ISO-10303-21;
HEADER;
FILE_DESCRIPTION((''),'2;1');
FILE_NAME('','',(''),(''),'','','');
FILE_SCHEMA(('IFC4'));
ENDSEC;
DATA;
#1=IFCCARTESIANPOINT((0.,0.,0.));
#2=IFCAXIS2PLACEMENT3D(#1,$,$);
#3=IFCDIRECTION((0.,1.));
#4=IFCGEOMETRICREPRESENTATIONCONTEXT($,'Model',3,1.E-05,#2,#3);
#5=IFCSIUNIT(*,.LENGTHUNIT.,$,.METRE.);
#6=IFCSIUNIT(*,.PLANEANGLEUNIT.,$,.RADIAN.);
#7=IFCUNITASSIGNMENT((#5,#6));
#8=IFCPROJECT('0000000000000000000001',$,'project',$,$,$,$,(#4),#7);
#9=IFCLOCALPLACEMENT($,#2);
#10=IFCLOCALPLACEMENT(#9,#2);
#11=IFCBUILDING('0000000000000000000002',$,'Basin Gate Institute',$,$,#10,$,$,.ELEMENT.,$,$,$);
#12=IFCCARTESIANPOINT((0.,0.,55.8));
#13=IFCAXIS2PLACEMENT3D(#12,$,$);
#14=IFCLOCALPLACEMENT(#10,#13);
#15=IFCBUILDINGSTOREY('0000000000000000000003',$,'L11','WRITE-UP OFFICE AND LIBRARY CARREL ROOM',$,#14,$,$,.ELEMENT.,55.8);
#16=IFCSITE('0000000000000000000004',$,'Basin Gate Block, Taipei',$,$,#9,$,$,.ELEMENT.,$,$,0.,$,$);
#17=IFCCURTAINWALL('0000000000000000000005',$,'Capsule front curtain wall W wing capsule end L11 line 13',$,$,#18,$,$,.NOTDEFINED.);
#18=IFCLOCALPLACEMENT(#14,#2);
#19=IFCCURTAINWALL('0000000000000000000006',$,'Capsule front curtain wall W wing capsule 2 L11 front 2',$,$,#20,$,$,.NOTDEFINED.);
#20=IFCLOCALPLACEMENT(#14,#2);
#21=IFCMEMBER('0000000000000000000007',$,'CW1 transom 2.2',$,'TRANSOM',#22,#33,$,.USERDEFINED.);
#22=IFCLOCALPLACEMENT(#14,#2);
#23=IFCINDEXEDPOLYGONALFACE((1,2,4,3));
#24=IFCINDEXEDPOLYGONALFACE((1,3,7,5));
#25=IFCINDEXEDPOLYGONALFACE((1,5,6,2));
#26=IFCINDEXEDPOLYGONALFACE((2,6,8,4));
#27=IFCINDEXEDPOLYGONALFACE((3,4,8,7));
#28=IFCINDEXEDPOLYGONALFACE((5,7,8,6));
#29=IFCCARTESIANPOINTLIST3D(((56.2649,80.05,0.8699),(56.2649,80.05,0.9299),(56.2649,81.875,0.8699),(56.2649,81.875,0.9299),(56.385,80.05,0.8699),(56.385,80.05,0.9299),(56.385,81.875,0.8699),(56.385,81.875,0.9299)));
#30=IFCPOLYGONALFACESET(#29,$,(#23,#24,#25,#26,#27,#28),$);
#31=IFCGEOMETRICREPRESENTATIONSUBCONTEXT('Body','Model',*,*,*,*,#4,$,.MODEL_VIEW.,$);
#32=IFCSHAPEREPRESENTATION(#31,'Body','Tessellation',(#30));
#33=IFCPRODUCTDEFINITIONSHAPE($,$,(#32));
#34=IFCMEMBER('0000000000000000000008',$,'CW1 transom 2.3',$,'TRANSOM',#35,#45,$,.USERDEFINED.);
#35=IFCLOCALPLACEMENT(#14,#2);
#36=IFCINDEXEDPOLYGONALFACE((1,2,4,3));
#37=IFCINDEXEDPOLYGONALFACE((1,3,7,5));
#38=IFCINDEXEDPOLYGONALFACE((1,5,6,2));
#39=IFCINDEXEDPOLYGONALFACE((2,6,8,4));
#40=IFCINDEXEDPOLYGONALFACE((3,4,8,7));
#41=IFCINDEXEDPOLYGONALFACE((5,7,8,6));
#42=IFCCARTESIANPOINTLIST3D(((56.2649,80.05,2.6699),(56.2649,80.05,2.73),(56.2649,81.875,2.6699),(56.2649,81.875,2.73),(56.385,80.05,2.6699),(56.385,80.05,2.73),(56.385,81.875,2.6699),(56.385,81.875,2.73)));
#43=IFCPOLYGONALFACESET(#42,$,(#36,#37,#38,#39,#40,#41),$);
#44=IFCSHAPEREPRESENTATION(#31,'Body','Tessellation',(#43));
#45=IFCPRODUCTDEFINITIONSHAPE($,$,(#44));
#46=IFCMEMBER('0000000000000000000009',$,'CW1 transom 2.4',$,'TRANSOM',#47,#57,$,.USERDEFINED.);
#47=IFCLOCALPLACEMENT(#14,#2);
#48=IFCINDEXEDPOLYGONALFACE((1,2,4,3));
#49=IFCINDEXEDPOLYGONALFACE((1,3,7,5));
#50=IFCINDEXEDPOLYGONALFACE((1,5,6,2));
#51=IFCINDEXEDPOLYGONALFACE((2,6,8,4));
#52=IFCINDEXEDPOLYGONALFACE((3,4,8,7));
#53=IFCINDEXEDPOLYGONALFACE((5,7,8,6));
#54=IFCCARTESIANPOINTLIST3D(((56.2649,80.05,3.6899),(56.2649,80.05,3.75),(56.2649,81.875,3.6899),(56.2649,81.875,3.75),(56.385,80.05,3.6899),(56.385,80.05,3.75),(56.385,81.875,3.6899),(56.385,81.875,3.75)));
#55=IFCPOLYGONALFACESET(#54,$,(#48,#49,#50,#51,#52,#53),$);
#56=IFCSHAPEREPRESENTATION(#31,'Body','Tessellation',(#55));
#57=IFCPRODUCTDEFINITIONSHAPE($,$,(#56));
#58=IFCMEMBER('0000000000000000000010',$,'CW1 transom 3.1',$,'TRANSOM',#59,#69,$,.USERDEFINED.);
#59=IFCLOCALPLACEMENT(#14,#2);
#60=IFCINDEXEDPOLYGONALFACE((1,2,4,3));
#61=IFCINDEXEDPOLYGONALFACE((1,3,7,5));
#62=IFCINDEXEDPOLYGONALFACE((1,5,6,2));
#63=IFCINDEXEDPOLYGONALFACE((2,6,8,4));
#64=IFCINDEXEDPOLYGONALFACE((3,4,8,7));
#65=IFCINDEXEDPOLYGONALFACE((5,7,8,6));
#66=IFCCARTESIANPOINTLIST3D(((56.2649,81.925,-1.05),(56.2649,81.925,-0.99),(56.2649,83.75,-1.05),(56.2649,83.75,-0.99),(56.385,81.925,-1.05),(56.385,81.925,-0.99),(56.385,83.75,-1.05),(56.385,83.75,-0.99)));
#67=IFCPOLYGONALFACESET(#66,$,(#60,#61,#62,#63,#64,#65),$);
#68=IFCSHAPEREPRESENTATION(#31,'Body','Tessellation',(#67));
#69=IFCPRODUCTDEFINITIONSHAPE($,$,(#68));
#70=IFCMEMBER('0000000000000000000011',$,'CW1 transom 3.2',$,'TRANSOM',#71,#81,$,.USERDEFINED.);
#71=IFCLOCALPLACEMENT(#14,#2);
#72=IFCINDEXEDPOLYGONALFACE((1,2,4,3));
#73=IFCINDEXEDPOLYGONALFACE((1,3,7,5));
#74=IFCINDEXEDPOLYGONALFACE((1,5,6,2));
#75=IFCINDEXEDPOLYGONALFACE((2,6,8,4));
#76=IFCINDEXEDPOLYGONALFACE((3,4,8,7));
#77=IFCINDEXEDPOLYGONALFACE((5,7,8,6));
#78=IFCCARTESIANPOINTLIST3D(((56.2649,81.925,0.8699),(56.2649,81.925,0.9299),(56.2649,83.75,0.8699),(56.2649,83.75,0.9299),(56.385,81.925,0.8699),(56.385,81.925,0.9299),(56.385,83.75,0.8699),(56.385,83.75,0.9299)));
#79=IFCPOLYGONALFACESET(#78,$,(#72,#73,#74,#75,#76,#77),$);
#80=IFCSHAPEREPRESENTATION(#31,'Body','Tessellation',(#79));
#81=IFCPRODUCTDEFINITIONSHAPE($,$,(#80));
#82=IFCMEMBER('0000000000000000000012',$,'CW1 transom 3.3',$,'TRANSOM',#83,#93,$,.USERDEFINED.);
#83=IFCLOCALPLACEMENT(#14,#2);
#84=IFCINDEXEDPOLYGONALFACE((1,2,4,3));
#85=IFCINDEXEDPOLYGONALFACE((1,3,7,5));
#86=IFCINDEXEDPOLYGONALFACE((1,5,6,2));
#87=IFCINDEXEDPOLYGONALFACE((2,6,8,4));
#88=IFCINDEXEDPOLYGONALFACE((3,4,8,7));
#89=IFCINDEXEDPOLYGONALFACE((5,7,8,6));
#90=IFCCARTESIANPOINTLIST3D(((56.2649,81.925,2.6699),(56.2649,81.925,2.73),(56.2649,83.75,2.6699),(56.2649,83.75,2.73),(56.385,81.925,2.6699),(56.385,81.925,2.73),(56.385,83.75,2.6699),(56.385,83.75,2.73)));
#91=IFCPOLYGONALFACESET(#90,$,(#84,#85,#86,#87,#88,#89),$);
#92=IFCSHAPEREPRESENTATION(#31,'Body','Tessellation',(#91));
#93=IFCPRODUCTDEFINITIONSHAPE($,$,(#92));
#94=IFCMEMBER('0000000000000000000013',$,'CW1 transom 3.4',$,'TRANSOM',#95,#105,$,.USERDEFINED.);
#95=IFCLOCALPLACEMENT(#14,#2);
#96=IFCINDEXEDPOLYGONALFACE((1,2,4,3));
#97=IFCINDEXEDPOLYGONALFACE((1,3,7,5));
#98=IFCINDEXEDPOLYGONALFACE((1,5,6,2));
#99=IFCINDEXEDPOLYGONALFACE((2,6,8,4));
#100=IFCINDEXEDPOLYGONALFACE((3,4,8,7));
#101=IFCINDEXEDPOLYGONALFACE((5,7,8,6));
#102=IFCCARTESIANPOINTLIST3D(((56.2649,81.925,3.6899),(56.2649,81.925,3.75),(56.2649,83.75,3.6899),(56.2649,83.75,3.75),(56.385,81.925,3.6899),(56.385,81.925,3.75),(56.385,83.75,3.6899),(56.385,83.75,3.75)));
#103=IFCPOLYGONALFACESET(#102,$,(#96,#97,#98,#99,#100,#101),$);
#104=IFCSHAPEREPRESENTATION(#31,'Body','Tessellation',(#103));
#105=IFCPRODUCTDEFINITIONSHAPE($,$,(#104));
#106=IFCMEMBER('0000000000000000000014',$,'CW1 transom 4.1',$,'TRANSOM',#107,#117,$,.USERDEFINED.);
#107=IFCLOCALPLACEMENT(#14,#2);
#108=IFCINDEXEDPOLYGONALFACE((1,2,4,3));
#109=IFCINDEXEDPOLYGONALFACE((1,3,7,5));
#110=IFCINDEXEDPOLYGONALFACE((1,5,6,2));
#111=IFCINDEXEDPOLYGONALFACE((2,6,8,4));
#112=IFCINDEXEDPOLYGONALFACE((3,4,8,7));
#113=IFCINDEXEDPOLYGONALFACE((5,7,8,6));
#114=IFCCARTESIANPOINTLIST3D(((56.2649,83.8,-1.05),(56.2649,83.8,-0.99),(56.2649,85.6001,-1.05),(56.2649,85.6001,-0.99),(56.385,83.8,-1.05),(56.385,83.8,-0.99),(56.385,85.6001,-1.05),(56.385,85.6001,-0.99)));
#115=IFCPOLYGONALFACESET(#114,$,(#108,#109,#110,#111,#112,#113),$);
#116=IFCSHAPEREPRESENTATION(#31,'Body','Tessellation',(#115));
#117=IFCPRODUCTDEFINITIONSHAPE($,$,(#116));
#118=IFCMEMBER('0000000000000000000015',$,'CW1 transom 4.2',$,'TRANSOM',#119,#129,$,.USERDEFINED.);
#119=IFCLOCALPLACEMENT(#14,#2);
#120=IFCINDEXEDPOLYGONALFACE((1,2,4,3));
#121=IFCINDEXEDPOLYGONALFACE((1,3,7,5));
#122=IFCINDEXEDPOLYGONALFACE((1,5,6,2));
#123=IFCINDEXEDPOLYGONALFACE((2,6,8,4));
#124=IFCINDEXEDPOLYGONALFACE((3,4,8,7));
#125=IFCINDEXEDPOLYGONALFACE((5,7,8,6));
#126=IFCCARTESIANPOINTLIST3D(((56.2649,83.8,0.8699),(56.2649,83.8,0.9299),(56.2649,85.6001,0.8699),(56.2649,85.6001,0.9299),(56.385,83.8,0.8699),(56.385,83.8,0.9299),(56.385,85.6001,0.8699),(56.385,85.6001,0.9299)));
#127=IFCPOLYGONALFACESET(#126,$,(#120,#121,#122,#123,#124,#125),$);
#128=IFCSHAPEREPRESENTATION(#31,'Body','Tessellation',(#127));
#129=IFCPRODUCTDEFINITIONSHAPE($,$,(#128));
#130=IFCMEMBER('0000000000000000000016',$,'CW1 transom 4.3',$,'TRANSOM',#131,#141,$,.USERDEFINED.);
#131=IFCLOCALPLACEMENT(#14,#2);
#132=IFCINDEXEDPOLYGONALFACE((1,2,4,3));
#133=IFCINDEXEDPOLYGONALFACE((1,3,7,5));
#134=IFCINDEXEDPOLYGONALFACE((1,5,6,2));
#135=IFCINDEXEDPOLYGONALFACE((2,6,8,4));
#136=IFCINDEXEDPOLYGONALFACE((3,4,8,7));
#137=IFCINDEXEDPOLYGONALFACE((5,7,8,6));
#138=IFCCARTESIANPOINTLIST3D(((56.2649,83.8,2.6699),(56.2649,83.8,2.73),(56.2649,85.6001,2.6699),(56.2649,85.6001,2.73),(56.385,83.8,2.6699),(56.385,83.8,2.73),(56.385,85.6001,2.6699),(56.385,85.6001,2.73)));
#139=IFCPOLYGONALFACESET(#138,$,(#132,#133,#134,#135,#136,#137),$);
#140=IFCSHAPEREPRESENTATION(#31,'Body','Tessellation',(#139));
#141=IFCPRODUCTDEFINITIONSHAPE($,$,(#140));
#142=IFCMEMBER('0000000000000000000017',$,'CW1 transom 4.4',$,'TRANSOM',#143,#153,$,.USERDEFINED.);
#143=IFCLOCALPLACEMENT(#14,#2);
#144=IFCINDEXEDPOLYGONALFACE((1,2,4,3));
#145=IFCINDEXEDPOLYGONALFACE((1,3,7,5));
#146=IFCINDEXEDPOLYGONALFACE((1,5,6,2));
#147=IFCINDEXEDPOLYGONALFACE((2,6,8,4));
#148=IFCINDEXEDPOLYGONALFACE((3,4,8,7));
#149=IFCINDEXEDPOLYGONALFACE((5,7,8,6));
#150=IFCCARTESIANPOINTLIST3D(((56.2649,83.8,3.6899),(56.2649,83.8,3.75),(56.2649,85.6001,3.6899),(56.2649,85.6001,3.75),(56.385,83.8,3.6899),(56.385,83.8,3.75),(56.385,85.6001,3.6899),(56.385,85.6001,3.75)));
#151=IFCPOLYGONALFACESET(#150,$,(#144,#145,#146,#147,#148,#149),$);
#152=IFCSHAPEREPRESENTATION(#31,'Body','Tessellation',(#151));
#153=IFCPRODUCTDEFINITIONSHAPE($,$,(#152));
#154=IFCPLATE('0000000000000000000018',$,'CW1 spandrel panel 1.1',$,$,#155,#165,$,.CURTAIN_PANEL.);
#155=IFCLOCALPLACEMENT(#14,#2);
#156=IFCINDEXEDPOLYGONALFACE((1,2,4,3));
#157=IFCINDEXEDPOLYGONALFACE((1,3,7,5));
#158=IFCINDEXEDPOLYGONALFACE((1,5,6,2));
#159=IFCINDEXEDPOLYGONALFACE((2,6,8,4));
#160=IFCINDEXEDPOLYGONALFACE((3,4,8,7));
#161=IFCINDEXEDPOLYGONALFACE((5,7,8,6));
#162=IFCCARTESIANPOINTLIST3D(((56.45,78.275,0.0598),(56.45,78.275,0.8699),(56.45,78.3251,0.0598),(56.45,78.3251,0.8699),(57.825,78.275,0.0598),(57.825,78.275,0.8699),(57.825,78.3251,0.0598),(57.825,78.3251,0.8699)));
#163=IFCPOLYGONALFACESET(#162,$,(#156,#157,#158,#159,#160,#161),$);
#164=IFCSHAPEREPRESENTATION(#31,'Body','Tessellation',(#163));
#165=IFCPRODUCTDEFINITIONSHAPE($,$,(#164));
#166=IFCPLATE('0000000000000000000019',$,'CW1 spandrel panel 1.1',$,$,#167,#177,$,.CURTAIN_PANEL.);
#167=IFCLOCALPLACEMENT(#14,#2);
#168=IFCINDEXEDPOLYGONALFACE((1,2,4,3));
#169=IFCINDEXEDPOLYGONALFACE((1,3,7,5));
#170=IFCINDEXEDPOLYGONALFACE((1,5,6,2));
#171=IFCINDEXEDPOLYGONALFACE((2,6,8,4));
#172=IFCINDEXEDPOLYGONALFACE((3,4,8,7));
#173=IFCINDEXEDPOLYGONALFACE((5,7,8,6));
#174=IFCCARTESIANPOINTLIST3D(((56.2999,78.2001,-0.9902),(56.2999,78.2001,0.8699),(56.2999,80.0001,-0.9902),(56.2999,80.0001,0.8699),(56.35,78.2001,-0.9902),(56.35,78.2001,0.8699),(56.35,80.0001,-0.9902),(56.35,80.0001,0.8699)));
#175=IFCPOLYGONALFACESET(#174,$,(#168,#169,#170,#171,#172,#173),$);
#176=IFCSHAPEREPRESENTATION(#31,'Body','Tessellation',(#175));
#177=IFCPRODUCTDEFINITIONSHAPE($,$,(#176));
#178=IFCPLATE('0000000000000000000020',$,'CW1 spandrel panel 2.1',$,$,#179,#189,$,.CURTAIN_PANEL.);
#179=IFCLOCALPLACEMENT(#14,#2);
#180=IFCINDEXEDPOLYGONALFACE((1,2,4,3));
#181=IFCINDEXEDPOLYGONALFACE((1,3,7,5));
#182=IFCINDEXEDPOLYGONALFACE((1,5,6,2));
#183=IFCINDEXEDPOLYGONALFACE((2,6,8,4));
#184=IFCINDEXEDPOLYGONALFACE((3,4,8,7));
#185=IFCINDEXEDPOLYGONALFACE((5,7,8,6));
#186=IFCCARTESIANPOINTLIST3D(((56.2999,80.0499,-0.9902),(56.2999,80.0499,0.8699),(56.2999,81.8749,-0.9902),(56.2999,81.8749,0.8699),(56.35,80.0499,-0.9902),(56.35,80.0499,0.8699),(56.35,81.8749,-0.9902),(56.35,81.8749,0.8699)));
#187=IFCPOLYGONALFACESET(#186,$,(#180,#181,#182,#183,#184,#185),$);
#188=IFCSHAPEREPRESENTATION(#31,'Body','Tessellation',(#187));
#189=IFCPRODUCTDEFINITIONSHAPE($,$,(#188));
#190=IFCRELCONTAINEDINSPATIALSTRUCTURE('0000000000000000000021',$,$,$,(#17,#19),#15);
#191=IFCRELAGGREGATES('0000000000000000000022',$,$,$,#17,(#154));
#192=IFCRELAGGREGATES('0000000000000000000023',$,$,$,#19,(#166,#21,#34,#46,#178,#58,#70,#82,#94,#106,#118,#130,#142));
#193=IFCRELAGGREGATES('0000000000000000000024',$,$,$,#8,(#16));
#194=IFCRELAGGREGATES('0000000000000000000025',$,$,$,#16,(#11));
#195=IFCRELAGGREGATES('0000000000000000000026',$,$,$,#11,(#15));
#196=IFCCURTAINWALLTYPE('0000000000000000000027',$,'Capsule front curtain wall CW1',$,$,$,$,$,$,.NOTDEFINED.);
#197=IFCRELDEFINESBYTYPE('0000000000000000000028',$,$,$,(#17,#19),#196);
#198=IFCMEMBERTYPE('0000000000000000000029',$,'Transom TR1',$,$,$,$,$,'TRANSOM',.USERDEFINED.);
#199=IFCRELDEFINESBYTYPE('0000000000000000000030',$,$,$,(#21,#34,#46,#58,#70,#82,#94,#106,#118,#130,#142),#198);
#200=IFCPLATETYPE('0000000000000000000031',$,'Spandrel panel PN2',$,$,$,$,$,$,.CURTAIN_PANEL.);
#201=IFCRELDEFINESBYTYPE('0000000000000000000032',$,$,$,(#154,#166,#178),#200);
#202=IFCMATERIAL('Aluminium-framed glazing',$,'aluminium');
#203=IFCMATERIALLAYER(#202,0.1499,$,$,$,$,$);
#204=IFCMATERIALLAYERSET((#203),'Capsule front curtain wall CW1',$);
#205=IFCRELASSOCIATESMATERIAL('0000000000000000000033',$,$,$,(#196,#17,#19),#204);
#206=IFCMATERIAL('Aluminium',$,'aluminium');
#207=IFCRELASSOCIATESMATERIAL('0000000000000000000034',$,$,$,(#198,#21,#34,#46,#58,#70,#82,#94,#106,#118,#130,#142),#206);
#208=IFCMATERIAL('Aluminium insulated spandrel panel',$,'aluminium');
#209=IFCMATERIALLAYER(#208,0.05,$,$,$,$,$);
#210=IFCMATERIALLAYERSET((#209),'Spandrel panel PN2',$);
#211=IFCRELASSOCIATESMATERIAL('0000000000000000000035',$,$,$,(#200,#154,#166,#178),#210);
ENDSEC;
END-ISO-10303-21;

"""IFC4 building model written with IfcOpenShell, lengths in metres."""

from ifc_helpers import new_model, si_unit, direction, frame, origin, origin_2d, place, context, subcontext, project, spatial, rectangle, extrude, material, layer, layer_set, material_profile, profile_set, type_object, element, aggregate, save


model = new_model("IFC4")

# Units and contexts
model_context = context("Model", 3, precision=1e-05, world=origin(), true_north=direction((0.0, 1.0)))
body_context = subcontext(model_context, "Body", "Model", "MODEL_VIEW")
ifc_project = project(units=[si_unit("LENGTHUNIT", "METRE"), si_unit("PLANEANGLEUNIT", "RADIAN")], contexts=[model_context])

# Site, building, storey
site_placement = place(None, origin())
site = spatial("IfcSite", under=ifc_project, at=site_placement, Name="Basin Gate Block, Taipei", CompositionType="ELEMENT", RefElevation=0.0)
building_placement = place(site_placement, origin())
building = spatial("IfcBuilding", under=site, at=building_placement, Name="Basin Gate Institute", CompositionType="ELEMENT")
storey_placement = place(building_placement, frame((0.0, 0.0, 55.8)))
storey = spatial("IfcBuildingStorey", under=building, at=storey_placement, Name="L11", Description="WRITE-UP OFFICE AND LIBRARY CARREL ROOM", CompositionType="ELEMENT", Elevation=55.8)

# Curtain wall
ifc_material_1 = material(Name="Aluminium-framed glazing", Category="aluminium")
ifc_layer_1 = layer(ifc_material_1, 0.1499)
ifc_layer_set_1 = layer_set([ifc_layer_1], Name="Capsule front curtain wall CW1")
curtain_wall_type = type_object("IfcCurtainWallType", Name="Capsule front curtain wall CW1", PredefinedType="NOTDEFINED", material=ifc_layer_set_1)
curtain_wall_1_placement = place(storey_placement, origin())
curtain_wall_1 = element("IfcCurtainWall", 1, at=curtain_wall_1_placement, inside=storey, type_object=curtain_wall_type, material=ifc_layer_set_1, Name="Capsule front curtain wall W wing capsule end L11 line 13", PredefinedType="NOTDEFINED")

# Curtain wall
curtain_wall_2_placement = place(storey_placement, origin())
curtain_wall_2 = element("IfcCurtainWall", 2, at=curtain_wall_2_placement, inside=storey, type_object=curtain_wall_type, material=ifc_layer_set_1, Name="Capsule front curtain wall W wing capsule 2 L11 front 2", PredefinedType="NOTDEFINED")

# Members
ifc_material_2 = material(Name="Aluminium", Category="aluminium")
ifc_material_profile_1 = material_profile(ifc_material_2, rectangle(XDim=0.1201, YDim=0.0601, at=origin_2d()), Name="Transom TR1 120 x 60")
ifc_profile_set_1 = profile_set([ifc_material_profile_1], Name="Aluminium")
member_type_1 = type_object("IfcMemberType", Name="Transom TR1", ElementType="TRANSOM", PredefinedType="USERDEFINED", material=ifc_profile_set_1)
member_1_placement = place(storey_placement, frame((56.325, 80.05, 0.8999), z_axis=(0.0, 1.0, 0.0), x_axis=(-1.0, 0.0, 0.0)))
member_1 = element("IfcMember", 3, at=member_1_placement, type_object=member_type_1, material=ifc_profile_set_1, Name="CW1 transom 2.2", ObjectType="TRANSOM", PredefinedType="USERDEFINED", context=body_context, shape_type="SweptSolid", body=[
    extrude(rectangle(XDim=0.1201, YDim=0.0601, at=origin_2d()), origin(), (0.0, 0.0, 1.0), 1.825),
])
member_2_placement = place(storey_placement, frame((56.325, 80.05, 2.7), z_axis=(0.0, 1.0, 0.0), x_axis=(-1.0, 0.0, 0.0)))
member_2 = element("IfcMember", 4, at=member_2_placement, type_object=member_type_1, material=ifc_profile_set_1, Name="CW1 transom 2.3", ObjectType="TRANSOM", PredefinedType="USERDEFINED", context=body_context, shape_type="SweptSolid", body=[
    extrude(rectangle(XDim=0.1201, YDim=0.0601, at=origin_2d()), origin(), (0.0, 0.0, 1.0), 1.825),
])
member_3_placement = place(storey_placement, frame((56.325, 80.05, 3.72), z_axis=(0.0, 1.0, 0.0), x_axis=(-1.0, 0.0, 0.0)))
member_3 = element("IfcMember", 5, at=member_3_placement, type_object=member_type_1, material=ifc_profile_set_1, Name="CW1 transom 2.4", ObjectType="TRANSOM", PredefinedType="USERDEFINED", context=body_context, shape_type="SweptSolid", body=[
    extrude(rectangle(XDim=0.1201, YDim=0.0601, at=origin_2d()), origin(), (0.0, 0.0, 1.0), 1.825),
])
member_4_placement = place(storey_placement, frame((56.325, 81.925, -1.02), z_axis=(0.0, 1.0, 0.0), x_axis=(-1.0, 0.0, 0.0)))
member_4 = element("IfcMember", 6, at=member_4_placement, type_object=member_type_1, material=ifc_profile_set_1, Name="CW1 transom 3.1", ObjectType="TRANSOM", PredefinedType="USERDEFINED", context=body_context, shape_type="SweptSolid", body=[
    extrude(rectangle(XDim=0.1201, YDim=0.0601, at=origin_2d()), origin(), (0.0, 0.0, 1.0), 1.825),
])
member_5_placement = place(storey_placement, frame((56.325, 81.925, 0.8999), z_axis=(0.0, 1.0, 0.0), x_axis=(-1.0, 0.0, 0.0)))
member_5 = element("IfcMember", 7, at=member_5_placement, type_object=member_type_1, material=ifc_profile_set_1, Name="CW1 transom 3.2", ObjectType="TRANSOM", PredefinedType="USERDEFINED", context=body_context, shape_type="SweptSolid", body=[
    extrude(rectangle(XDim=0.1201, YDim=0.0601, at=origin_2d()), origin(), (0.0, 0.0, 1.0), 1.825),
])
member_6_placement = place(storey_placement, frame((56.325, 81.925, 2.7), z_axis=(0.0, 1.0, 0.0), x_axis=(-1.0, 0.0, 0.0)))
member_6 = element("IfcMember", 8, at=member_6_placement, type_object=member_type_1, material=ifc_profile_set_1, Name="CW1 transom 3.3", ObjectType="TRANSOM", PredefinedType="USERDEFINED", context=body_context, shape_type="SweptSolid", body=[
    extrude(rectangle(XDim=0.1201, YDim=0.0601, at=origin_2d()), origin(), (0.0, 0.0, 1.0), 1.825),
])
member_7_placement = place(storey_placement, frame((56.325, 81.925, 3.72), z_axis=(0.0, 1.0, 0.0), x_axis=(-1.0, 0.0, 0.0)))
member_7 = element("IfcMember", 9, at=member_7_placement, type_object=member_type_1, material=ifc_profile_set_1, Name="CW1 transom 3.4", ObjectType="TRANSOM", PredefinedType="USERDEFINED", context=body_context, shape_type="SweptSolid", body=[
    extrude(rectangle(XDim=0.1201, YDim=0.0601, at=origin_2d()), origin(), (0.0, 0.0, 1.0), 1.825),
])
member_8_placement = place(storey_placement, frame((56.325, 83.8, -1.02), z_axis=(0.0, 1.0, 0.0), x_axis=(-1.0, 0.0, 0.0)))
member_8 = element("IfcMember", 10, at=member_8_placement, type_object=member_type_1, material=ifc_profile_set_1, Name="CW1 transom 4.1", ObjectType="TRANSOM", PredefinedType="USERDEFINED", context=body_context, shape_type="SweptSolid", body=[
    extrude(rectangle(XDim=0.1201, YDim=0.0601, at=origin_2d()), origin(), (0.0, 0.0, 1.0), 1.8),
])
member_9_placement = place(storey_placement, frame((56.325, 83.8, 0.8999), z_axis=(0.0, 1.0, 0.0), x_axis=(-1.0, 0.0, 0.0)))
member_9 = element("IfcMember", 11, at=member_9_placement, type_object=member_type_1, material=ifc_profile_set_1, Name="CW1 transom 4.2", ObjectType="TRANSOM", PredefinedType="USERDEFINED", context=body_context, shape_type="SweptSolid", body=[
    extrude(rectangle(XDim=0.1201, YDim=0.0601, at=origin_2d()), origin(), (0.0, 0.0, 1.0), 1.8),
])
member_10_placement = place(storey_placement, frame((56.325, 83.8, 2.7), z_axis=(0.0, 1.0, 0.0), x_axis=(-1.0, 0.0, 0.0)))
member_10 = element("IfcMember", 12, at=member_10_placement, type_object=member_type_1, material=ifc_profile_set_1, Name="CW1 transom 4.3", ObjectType="TRANSOM", PredefinedType="USERDEFINED", context=body_context, shape_type="SweptSolid", body=[
    extrude(rectangle(XDim=0.1201, YDim=0.0601, at=origin_2d()), origin(), (0.0, 0.0, 1.0), 1.8),
])
member_11_placement = place(storey_placement, frame((56.325, 83.8, 3.72), z_axis=(0.0, 1.0, 0.0), x_axis=(-1.0, 0.0, 0.0)))
member_11 = element("IfcMember", 13, at=member_11_placement, type_object=member_type_1, material=ifc_profile_set_1, Name="CW1 transom 4.4", ObjectType="TRANSOM", PredefinedType="USERDEFINED", context=body_context, shape_type="SweptSolid", body=[
    extrude(rectangle(XDim=0.1201, YDim=0.0601, at=origin_2d()), origin(), (0.0, 0.0, 1.0), 1.8),
])

# Plates
ifc_material_3 = material(Name="Aluminium insulated spandrel panel", Category="aluminium")
ifc_layer_2 = layer(ifc_material_3, 0.05)
ifc_layer_set_2 = layer_set([ifc_layer_2], Name="Spandrel panel PN2")
plate_type_1 = type_object("IfcPlateType", Name="Spandrel panel PN2", PredefinedType="CURTAIN_PANEL", material=ifc_layer_set_2)
plate_1_placement = place(storey_placement, frame((57.1375, 78.3, 0.0598), z_axis=(0.0, 0.0, 1.0), x_axis=(1.0, 0.0, 0.0)))
plate_1 = element("IfcPlate", 14, at=plate_1_placement, type_object=plate_type_1, material=ifc_layer_set_2, Name="CW1 spandrel panel 1.1", PredefinedType="CURTAIN_PANEL", context=body_context, shape_type="SweptSolid", body=[
    extrude(rectangle(XDim=1.375, YDim=0.05, at=origin_2d()), origin(), (0.0, 0.0, 1.0), 0.8101),
])
plate_2_placement = place(storey_placement, frame((56.325, 79.1001, -0.9902), z_axis=(0.0, 0.0, 1.0), x_axis=(0.0, 1.0, 0.0)))
plate_2 = element("IfcPlate", 15, at=plate_2_placement, type_object=plate_type_1, material=ifc_layer_set_2, Name="CW1 spandrel panel 1.1", PredefinedType="CURTAIN_PANEL", context=body_context, shape_type="SweptSolid", body=[
    extrude(rectangle(XDim=1.8, YDim=0.05, at=origin_2d()), origin(), (0.0, 0.0, 1.0), 1.8601),
])
plate_3_placement = place(storey_placement, frame((56.325, 80.9624, -0.9902), z_axis=(0.0, 0.0, 1.0), x_axis=(0.0, 1.0, 0.0)))
plate_3 = element("IfcPlate", 16, at=plate_3_placement, type_object=plate_type_1, material=ifc_layer_set_2, Name="CW1 spandrel panel 2.1", PredefinedType="CURTAIN_PANEL", context=body_context, shape_type="SweptSolid", body=[
    extrude(rectangle(XDim=1.825, YDim=0.05, at=origin_2d()), origin(), (0.0, 0.0, 1.0), 1.8601),
])
aggregate(curtain_wall_1, [plate_1])
aggregate(curtain_wall_2, [plate_2, member_1, member_2, member_3, plate_3, member_4, member_5, member_6, member_7, member_8, member_9, member_10, member_11])

save(model, "model.ifc")
